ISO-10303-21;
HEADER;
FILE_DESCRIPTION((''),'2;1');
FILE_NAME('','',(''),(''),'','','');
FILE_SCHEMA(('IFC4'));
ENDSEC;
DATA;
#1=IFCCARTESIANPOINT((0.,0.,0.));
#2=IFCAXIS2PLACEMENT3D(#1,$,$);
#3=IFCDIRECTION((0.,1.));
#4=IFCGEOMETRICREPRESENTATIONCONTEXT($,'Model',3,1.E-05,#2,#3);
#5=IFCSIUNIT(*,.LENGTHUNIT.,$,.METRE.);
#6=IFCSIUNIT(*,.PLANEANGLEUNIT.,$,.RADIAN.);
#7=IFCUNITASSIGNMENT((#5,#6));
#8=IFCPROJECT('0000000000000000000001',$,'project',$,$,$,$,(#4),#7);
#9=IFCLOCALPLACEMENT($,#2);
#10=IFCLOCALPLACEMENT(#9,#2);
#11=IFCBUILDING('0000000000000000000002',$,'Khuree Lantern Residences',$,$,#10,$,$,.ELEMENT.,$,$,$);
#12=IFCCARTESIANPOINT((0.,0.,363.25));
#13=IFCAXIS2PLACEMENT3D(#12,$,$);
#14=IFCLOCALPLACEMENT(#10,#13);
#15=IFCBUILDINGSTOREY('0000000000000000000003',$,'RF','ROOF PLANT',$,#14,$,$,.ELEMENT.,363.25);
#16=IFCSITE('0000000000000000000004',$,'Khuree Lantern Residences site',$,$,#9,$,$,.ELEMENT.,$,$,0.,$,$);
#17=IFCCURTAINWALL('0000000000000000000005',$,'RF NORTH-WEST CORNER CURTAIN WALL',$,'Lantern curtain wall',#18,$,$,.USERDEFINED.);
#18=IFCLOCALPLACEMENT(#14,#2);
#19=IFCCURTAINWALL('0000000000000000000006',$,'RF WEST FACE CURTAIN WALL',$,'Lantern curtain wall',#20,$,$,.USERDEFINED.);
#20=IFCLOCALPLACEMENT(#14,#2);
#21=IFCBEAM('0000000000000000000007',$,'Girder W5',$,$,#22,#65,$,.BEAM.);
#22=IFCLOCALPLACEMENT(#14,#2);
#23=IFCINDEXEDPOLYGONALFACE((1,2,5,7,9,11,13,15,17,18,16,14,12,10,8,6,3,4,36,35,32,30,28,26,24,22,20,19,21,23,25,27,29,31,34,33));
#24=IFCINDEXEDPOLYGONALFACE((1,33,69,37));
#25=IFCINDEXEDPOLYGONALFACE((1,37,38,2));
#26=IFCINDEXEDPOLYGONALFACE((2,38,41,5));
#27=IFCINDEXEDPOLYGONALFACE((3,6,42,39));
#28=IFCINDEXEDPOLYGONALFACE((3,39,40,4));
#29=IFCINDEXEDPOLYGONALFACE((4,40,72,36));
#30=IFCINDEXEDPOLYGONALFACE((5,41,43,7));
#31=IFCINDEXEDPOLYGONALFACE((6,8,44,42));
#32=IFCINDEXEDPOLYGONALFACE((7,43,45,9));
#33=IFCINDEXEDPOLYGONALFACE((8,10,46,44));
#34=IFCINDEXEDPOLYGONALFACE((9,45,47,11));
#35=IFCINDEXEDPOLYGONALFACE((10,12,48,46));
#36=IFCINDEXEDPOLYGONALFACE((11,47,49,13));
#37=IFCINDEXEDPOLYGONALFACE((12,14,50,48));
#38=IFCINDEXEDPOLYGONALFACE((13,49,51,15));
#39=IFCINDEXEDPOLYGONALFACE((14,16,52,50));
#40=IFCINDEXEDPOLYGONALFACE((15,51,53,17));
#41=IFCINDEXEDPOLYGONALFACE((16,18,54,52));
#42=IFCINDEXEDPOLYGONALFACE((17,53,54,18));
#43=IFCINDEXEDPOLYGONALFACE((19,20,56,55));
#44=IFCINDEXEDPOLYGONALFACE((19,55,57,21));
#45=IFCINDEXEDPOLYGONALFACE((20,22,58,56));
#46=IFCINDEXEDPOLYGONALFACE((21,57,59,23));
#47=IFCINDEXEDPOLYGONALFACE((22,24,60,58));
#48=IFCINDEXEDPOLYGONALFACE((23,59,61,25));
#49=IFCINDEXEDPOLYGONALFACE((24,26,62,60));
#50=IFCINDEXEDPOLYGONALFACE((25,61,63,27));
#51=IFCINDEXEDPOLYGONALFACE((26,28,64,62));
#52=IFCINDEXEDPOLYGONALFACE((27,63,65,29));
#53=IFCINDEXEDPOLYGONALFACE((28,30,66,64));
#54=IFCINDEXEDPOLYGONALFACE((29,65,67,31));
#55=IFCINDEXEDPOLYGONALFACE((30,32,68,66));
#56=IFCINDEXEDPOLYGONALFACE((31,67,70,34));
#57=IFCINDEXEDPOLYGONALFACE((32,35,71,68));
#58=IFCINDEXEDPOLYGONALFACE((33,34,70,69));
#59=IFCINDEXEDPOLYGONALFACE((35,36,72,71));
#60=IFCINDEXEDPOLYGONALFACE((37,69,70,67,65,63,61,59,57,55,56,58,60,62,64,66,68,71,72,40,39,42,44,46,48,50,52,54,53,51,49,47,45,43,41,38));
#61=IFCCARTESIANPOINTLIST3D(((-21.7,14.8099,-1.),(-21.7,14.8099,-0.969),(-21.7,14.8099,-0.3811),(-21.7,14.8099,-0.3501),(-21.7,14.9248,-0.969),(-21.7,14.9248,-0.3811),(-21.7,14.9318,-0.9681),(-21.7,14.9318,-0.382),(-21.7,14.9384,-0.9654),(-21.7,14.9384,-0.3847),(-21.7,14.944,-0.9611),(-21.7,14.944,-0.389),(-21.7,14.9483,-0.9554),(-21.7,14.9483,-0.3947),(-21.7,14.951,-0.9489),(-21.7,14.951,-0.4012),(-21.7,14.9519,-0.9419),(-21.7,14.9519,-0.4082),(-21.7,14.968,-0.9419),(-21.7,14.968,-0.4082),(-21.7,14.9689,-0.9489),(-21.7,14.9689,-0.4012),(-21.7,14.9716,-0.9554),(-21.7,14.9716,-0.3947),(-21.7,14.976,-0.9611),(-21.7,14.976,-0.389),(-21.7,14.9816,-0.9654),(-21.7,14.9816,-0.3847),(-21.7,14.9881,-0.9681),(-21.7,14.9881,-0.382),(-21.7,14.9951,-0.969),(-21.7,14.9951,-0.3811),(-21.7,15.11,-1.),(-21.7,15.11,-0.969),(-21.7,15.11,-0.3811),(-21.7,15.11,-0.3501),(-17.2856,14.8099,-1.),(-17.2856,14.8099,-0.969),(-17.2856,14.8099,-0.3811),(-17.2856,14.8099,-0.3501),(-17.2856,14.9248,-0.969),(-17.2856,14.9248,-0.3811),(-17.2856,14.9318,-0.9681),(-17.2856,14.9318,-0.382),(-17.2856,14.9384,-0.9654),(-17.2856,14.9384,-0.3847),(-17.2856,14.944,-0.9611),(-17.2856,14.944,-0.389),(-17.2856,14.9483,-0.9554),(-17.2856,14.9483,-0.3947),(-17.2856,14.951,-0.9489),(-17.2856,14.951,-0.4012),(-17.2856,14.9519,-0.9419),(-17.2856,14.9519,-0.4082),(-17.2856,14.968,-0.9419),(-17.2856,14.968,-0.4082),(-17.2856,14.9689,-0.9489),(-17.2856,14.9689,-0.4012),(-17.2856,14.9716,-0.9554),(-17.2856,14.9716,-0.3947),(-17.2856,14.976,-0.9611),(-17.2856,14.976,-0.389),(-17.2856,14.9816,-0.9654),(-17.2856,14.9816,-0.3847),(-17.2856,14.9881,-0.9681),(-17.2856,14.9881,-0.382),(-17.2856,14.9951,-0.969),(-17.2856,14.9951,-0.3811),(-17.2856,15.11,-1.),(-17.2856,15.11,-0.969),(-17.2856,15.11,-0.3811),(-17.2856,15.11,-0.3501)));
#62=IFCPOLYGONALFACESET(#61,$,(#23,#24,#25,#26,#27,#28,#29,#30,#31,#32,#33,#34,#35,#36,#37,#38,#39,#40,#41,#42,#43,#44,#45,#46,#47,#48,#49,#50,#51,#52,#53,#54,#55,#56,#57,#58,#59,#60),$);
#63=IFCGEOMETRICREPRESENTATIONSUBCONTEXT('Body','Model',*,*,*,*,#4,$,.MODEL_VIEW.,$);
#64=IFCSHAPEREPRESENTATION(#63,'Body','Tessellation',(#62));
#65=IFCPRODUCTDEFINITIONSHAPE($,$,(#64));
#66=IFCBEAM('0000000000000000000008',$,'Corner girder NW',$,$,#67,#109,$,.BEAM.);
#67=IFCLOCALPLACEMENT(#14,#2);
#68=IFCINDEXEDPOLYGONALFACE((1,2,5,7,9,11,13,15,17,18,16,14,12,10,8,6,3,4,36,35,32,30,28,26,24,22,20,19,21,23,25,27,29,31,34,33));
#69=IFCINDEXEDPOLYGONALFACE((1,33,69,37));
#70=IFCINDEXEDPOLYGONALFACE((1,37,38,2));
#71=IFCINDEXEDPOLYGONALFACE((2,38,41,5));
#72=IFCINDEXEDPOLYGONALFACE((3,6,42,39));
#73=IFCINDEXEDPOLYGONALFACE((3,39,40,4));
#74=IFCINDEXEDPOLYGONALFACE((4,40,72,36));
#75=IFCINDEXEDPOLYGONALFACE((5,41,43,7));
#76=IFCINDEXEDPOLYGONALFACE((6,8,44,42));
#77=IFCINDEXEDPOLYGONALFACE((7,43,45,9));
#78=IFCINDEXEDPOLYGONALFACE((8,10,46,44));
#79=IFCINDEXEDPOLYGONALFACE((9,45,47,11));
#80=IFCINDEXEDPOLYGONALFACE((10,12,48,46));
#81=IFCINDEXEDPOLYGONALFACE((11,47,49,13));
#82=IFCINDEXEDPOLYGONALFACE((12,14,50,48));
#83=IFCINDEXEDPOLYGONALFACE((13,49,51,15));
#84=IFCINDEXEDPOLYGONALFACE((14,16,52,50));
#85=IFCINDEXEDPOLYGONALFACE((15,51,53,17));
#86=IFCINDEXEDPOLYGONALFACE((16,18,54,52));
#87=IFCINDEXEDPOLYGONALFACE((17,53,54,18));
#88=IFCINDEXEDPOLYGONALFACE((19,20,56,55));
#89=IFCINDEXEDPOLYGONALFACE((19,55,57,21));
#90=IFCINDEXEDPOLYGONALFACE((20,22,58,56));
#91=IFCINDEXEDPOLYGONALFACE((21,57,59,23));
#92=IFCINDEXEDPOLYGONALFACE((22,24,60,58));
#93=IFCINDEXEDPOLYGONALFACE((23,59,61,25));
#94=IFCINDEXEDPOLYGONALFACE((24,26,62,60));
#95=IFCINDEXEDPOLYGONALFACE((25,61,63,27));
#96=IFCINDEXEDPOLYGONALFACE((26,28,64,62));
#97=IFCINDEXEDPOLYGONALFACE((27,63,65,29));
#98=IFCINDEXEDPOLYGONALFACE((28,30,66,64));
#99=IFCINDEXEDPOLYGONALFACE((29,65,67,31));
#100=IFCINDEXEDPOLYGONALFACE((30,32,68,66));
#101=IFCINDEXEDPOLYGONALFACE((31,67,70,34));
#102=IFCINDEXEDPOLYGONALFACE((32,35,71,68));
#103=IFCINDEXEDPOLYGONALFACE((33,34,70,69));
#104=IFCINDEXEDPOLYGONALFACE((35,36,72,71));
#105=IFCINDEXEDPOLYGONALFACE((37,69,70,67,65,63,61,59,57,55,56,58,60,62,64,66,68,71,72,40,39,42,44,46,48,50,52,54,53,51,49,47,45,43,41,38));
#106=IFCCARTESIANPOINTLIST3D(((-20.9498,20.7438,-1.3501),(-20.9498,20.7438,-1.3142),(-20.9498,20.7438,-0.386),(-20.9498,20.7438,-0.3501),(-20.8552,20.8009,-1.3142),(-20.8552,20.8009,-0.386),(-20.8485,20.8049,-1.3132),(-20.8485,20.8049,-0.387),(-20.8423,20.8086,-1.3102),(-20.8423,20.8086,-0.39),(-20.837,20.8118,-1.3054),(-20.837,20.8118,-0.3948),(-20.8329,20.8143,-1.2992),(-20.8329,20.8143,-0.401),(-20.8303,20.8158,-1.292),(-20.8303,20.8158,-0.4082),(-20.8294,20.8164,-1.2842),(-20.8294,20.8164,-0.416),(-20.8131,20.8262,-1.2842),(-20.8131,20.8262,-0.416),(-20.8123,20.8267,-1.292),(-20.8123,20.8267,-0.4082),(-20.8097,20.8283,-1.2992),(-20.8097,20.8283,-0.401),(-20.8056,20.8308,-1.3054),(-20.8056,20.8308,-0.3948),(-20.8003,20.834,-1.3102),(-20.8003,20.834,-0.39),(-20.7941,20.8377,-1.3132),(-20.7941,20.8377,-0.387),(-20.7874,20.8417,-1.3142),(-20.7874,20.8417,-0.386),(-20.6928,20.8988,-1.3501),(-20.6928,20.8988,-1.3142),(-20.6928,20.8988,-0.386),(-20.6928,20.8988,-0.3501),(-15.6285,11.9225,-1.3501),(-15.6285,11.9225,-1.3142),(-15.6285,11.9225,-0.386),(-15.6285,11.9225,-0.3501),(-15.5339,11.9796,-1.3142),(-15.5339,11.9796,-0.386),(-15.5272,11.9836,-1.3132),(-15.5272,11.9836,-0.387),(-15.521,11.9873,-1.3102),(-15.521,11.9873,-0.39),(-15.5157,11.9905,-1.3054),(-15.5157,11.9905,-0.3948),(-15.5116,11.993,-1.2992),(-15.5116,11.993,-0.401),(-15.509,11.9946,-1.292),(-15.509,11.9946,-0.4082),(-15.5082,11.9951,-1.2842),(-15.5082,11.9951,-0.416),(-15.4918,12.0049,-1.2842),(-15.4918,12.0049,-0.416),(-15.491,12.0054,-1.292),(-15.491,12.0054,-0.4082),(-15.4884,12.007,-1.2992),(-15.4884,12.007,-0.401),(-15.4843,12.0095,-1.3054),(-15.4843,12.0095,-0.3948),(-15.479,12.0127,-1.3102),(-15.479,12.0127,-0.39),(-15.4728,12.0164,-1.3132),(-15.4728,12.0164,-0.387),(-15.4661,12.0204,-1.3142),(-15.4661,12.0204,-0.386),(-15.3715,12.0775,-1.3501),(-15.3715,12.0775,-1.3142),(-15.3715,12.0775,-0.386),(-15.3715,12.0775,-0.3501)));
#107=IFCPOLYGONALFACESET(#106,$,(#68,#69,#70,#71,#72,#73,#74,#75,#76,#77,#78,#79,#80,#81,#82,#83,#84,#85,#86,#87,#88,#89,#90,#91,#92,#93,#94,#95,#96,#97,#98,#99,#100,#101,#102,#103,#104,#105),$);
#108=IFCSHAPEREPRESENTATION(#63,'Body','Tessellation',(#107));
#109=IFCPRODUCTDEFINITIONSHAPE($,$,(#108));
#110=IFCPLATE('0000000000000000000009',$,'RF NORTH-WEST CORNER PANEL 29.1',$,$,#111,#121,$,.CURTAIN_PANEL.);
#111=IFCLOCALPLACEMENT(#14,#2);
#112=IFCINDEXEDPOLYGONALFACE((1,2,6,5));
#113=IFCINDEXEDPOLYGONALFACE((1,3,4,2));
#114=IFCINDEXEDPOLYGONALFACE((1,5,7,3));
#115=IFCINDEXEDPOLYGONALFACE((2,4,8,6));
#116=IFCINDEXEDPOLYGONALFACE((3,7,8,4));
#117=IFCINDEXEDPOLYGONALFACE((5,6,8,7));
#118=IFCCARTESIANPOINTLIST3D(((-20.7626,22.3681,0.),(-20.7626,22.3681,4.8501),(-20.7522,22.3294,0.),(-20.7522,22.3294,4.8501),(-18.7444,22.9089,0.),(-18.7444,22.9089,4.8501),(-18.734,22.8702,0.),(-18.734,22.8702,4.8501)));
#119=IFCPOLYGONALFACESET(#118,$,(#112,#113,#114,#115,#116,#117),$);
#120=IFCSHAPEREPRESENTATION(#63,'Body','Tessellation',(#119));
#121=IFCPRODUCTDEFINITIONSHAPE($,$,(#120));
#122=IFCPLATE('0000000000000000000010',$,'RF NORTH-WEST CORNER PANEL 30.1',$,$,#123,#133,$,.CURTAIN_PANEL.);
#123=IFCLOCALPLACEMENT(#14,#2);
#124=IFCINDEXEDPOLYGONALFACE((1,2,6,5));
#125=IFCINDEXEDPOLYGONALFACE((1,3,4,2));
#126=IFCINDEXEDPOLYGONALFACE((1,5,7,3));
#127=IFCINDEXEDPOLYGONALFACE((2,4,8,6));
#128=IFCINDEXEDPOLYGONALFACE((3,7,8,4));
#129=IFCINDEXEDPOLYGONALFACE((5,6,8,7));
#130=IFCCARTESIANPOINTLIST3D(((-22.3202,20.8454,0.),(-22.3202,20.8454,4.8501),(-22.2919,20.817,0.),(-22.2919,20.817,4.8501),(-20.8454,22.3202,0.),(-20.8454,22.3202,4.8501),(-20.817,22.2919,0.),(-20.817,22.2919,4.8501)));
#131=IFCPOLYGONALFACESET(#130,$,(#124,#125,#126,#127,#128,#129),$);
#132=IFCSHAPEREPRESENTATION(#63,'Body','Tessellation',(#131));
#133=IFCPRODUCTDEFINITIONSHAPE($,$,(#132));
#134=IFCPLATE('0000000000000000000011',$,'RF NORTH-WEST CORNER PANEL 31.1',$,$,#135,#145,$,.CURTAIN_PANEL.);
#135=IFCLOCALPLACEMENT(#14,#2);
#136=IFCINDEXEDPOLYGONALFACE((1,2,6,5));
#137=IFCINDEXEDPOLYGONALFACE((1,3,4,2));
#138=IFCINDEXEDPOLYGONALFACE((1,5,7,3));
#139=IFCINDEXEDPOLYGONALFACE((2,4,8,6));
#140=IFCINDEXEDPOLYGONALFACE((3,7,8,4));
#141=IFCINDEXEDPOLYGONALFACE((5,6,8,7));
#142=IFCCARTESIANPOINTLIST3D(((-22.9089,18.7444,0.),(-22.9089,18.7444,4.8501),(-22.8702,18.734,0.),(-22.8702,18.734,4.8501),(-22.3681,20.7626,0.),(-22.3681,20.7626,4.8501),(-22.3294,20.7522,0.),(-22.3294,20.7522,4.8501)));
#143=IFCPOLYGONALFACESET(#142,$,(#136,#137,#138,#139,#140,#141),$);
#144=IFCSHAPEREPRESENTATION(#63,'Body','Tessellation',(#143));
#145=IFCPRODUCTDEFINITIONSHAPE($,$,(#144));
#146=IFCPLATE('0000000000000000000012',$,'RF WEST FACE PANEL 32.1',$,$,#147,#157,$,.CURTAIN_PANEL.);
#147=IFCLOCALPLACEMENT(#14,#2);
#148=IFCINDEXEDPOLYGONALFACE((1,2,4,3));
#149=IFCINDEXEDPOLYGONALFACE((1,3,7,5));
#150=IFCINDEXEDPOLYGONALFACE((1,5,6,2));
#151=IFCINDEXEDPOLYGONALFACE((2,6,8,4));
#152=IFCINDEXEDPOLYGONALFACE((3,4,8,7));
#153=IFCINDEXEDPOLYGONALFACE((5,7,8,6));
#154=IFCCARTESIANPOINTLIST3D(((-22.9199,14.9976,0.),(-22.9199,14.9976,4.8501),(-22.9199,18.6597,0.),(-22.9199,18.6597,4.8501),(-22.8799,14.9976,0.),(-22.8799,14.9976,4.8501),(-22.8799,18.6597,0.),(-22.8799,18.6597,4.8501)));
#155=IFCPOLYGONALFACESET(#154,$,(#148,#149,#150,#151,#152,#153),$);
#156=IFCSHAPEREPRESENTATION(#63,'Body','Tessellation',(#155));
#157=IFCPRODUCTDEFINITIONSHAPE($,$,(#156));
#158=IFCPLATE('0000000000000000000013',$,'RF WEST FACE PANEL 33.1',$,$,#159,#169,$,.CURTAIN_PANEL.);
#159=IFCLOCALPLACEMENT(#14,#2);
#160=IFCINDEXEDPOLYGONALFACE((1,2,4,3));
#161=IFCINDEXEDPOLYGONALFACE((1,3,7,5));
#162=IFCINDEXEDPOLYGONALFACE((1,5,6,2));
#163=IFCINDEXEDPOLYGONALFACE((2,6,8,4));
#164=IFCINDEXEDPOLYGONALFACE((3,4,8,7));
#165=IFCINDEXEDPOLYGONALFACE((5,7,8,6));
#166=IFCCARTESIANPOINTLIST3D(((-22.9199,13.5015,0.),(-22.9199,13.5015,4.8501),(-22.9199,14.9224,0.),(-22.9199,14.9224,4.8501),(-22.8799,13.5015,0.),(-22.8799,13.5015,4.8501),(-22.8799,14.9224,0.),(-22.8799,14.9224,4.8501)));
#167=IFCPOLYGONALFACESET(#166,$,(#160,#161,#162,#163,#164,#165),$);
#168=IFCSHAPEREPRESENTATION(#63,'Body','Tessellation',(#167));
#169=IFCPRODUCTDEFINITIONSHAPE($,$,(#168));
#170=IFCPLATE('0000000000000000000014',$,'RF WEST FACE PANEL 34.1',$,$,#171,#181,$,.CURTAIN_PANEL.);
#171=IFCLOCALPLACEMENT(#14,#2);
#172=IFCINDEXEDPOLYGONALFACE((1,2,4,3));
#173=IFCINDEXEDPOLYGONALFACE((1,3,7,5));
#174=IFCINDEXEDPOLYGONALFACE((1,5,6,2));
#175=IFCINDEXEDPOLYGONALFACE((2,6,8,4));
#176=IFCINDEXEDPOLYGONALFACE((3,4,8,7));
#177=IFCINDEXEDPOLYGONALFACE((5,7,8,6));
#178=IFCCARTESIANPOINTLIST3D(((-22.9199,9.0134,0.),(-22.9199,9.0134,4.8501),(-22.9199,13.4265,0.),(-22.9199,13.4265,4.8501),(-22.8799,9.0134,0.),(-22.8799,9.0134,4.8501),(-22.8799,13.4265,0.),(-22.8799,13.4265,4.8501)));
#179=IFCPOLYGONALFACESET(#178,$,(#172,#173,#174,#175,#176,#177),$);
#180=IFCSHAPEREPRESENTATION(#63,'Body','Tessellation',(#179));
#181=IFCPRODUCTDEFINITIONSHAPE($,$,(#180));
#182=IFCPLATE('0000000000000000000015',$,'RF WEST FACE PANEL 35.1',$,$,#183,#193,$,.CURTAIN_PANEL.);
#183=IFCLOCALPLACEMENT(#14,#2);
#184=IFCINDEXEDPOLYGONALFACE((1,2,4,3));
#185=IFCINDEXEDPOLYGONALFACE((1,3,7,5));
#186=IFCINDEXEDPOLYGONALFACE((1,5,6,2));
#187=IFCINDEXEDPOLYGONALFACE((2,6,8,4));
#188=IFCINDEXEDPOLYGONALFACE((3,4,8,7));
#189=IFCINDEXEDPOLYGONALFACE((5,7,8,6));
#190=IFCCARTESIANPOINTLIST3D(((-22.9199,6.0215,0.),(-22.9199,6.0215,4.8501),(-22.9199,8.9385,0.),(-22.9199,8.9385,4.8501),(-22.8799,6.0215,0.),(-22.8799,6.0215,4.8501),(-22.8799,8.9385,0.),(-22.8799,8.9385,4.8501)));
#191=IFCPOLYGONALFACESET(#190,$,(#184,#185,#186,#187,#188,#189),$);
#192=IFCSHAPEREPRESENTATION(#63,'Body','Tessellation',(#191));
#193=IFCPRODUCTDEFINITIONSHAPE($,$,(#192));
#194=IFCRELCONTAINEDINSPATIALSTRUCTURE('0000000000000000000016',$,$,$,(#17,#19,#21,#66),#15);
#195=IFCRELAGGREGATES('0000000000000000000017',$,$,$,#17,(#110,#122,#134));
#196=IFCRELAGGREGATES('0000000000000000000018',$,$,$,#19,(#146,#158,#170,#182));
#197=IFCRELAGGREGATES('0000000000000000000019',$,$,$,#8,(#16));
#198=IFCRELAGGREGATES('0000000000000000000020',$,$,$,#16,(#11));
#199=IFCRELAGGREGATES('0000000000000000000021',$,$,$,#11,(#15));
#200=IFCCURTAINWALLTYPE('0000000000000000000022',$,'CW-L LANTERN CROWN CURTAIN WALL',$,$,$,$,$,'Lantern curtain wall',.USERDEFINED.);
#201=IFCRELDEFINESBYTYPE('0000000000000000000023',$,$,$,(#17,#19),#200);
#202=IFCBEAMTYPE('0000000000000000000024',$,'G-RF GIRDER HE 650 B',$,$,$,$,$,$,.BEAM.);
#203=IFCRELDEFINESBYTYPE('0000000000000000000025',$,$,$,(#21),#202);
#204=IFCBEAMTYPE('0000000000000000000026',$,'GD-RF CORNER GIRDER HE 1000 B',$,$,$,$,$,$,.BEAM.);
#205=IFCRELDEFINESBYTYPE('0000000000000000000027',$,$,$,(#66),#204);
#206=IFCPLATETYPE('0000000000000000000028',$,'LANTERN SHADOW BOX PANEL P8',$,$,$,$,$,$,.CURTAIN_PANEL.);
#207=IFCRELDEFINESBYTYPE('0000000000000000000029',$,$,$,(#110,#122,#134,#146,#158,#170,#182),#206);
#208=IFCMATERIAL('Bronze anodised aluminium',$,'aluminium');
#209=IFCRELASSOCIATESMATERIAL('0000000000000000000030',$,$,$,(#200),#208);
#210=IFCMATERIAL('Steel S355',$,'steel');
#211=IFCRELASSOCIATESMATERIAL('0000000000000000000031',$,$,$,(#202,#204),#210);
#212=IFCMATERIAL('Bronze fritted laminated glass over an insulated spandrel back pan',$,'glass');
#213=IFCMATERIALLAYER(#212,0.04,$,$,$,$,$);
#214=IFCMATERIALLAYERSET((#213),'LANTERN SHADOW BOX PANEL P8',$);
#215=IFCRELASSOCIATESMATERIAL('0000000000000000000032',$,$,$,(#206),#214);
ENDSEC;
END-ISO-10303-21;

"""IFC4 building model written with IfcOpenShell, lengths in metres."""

from ifc_helpers import new_model, si_unit, direction, frame, origin, origin_2d, place, context, subcontext, project, spatial, rectangle, i_section, extrude, material, layer, layer_set, material_profile, profile_set, type_object, element, aggregate, save


model = new_model("IFC4")

# Units and contexts
model_context = context("Model", 3, precision=1e-05, world=origin(), true_north=direction((0.0, 1.0)))
body_context = subcontext(model_context, "Body", "Model", "MODEL_VIEW")
ifc_project = project(units=[si_unit("LENGTHUNIT", "METRE"), si_unit("PLANEANGLEUNIT", "RADIAN")], contexts=[model_context])

# Site, building, storey
site_placement = place(None, origin())
site = spatial("IfcSite", under=ifc_project, at=site_placement, Name="Khuree Lantern Residences site", CompositionType="ELEMENT", RefElevation=0.0)
building_placement = place(site_placement, origin())
building = spatial("IfcBuilding", under=site, at=building_placement, Name="Khuree Lantern Residences", CompositionType="ELEMENT")
storey_placement = place(building_placement, frame((0.0, 0.0, 363.25)))
storey = spatial("IfcBuildingStorey", under=building, at=storey_placement, Name="RF", Description="ROOF PLANT", CompositionType="ELEMENT", Elevation=363.25)

# Shared definitions
ifc_material_1 = material(Name="Steel S355", Category="steel")

# Curtain walls
ifc_material_2 = material(Name="Bronze anodised aluminium", Category="aluminium")
curtain_wall_type = type_object("IfcCurtainWallType", Name="CW-L LANTERN CROWN CURTAIN WALL", ElementType="Lantern curtain wall", PredefinedType="USERDEFINED", material=ifc_material_2)
curtain_wall_1_placement = place(storey_placement, origin())
curtain_wall_1 = element("IfcCurtainWall", 1, at=curtain_wall_1_placement, inside=storey, type_object=curtain_wall_type, Name="RF NORTH-WEST CORNER CURTAIN WALL", ObjectType="Lantern curtain wall", PredefinedType="USERDEFINED")
curtain_wall_2_placement = place(storey_placement, origin())
curtain_wall_2 = element("IfcCurtainWall", 2, at=curtain_wall_2_placement, inside=storey, type_object=curtain_wall_type, Name="RF WEST FACE CURTAIN WALL", ObjectType="Lantern curtain wall", PredefinedType="USERDEFINED")

# Beams
ifc_material_profile_1 = material_profile(ifc_material_1, i_section(OverallWidth=0.3, OverallDepth=0.6499, WebThickness=0.0161, FlangeThickness=0.031, FilletRadius=0.0271, at=origin_2d()), Name="HE 650 B")
ifc_profile_set_1 = profile_set([ifc_material_profile_1], Name="Steel S355")
beam_type_1 = type_object("IfcBeamType", Name="G-RF GIRDER HE 650 B", PredefinedType="BEAM", material=ifc_profile_set_1)
beam_1_placement = place(storey_placement, frame((-21.7, 14.96, -0.675), z_axis=(1.0, 0.0, 0.0), x_axis=(0.0, 1.0, 0.0)))
element("IfcBeam", 3, at=beam_1_placement, inside=storey, type_object=beam_type_1, Name="Girder W5", PredefinedType="BEAM", context=body_context, shape_type="SweptSolid", body=[
    extrude(i_section(OverallWidth=0.3, OverallDepth=0.6499, WebThickness=0.0161, FlangeThickness=0.031, FilletRadius=0.0271, at=origin_2d()), origin(), (0.0, 0.0, 1.0), 4.4143),
])
ifc_material_profile_2 = material_profile(ifc_material_1, i_section(OverallWidth=0.3, OverallDepth=1.0, WebThickness=0.019, FlangeThickness=0.0359, FilletRadius=0.03, at=origin_2d()), Name="HE 1000 B")
ifc_profile_set_2 = profile_set([ifc_material_profile_2], Name="Steel S355")
beam_type_2 = type_object("IfcBeamType", Name="GD-RF CORNER GIRDER HE 1000 B", PredefinedType="BEAM", material=ifc_profile_set_2)
beam_2_placement = place(storey_placement, frame((-20.8213, 20.8213, -0.8501), z_axis=(0.51653, -0.856269, 0.0), x_axis=(0.856269, 0.51653, 0.0)))
element("IfcBeam", 4, at=beam_2_placement, inside=storey, type_object=beam_type_2, Name="Corner girder NW", PredefinedType="BEAM", context=body_context, shape_type="SweptSolid", body=[
    extrude(i_section(OverallWidth=0.3, OverallDepth=1.0, WebThickness=0.019, FlangeThickness=0.0359, FilletRadius=0.03, at=origin_2d()), origin(), (0.0, 0.0, 1.0), 10.302),
])

# Plates
ifc_material_3 = material(Name="Bronze fritted laminated glass over an insulated spandrel back pan", Category="glass")
ifc_layer = layer(ifc_material_3, 0.04)
ifc_layer_set = layer_set([ifc_layer], Name="LANTERN SHADOW BOX PANEL P8")
plate_type = type_object("IfcPlateType", Name="LANTERN SHADOW BOX PANEL P8", PredefinedType="CURTAIN_PANEL", material=ifc_layer_set)
plate_1_placement = place(storey_placement, frame((-19.7483, 22.6191, 0.0), z_axis=(0.0, 0.0, 1.0), x_axis=(-0.965926, -0.258819, 0.0)))
plate_1 = element("IfcPlate", 5, at=plate_1_placement, type_object=plate_type, Name="RF NORTH-WEST CORNER PANEL 29.1", PredefinedType="CURTAIN_PANEL", context=body_context, shape_type="SweptSolid", body=[
    extrude(rectangle(XDim=2.0894, YDim=0.04, at=origin_2d()), origin(), (0.0, 0.0, 1.0), 4.8501),
])
plate_2_placement = place(storey_placement, frame((-21.5686, 21.5686, 0.0), z_axis=(0.0, 0.0, 1.0), x_axis=(-0.707107, -0.707107, 0.0)))
plate_2 = element("IfcPlate", 6, at=plate_2_placement, type_object=plate_type, Name="RF NORTH-WEST CORNER PANEL 30.1", PredefinedType="CURTAIN_PANEL", context=body_context, shape_type="SweptSolid", body=[
    extrude(rectangle(XDim=2.0857, YDim=0.04, at=origin_2d()), origin(), (0.0, 0.0, 1.0), 4.8501),
])
plate_3_placement = place(storey_placement, frame((-22.6191, 19.7483, 0.0), z_axis=(0.0, 0.0, 1.0), x_axis=(-0.258819, -0.965926, 0.0)))
plate_3 = element("IfcPlate", 7, at=plate_3_placement, type_object=plate_type, Name="RF NORTH-WEST CORNER PANEL 31.1", PredefinedType="CURTAIN_PANEL", context=body_context, shape_type="SweptSolid", body=[
    extrude(rectangle(XDim=2.0894, YDim=0.04, at=origin_2d()), origin(), (0.0, 0.0, 1.0), 4.8501),
])
aggregate(curtain_wall_1, [plate_1, plate_2, plate_3])
plate_4_placement = place(storey_placement, frame((-22.8999, 16.8286, 0.0), z_axis=(0.0, 0.0, 1.0), x_axis=(0.0, -1.0, 0.0)))
plate_4 = element("IfcPlate", 8, at=plate_4_placement, type_object=plate_type, Name="RF WEST FACE PANEL 32.1", PredefinedType="CURTAIN_PANEL", context=body_context, shape_type="SweptSolid", body=[
    extrude(rectangle(XDim=3.6621, YDim=0.04, at=origin_2d()), origin(), (0.0, 0.0, 1.0), 4.8501),
])
plate_5_placement = place(storey_placement, frame((-22.8999, 14.2119, 0.0), z_axis=(0.0, 0.0, 1.0), x_axis=(0.0, -1.0, 0.0)))
plate_5 = element("IfcPlate", 9, at=plate_5_placement, type_object=plate_type, Name="RF WEST FACE PANEL 33.1", PredefinedType="CURTAIN_PANEL", context=body_context, shape_type="SweptSolid", body=[
    extrude(rectangle(XDim=1.4209, YDim=0.04, at=origin_2d()), origin(), (0.0, 0.0, 1.0), 4.8501),
])
plate_6_placement = place(storey_placement, frame((-22.8999, 11.22, 0.0), z_axis=(0.0, 0.0, 1.0), x_axis=(0.0, -1.0, 0.0)))
plate_6 = element("IfcPlate", 10, at=plate_6_placement, type_object=plate_type, Name="RF WEST FACE PANEL 34.1", PredefinedType="CURTAIN_PANEL", context=body_context, shape_type="SweptSolid", body=[
    extrude(rectangle(XDim=4.4131, YDim=0.04, at=origin_2d()), origin(), (0.0, 0.0, 1.0), 4.8501),
])
plate_7_placement = place(storey_placement, frame((-22.8999, 7.48, 0.0), z_axis=(0.0, 0.0, 1.0), x_axis=(0.0, -1.0, 0.0)))
plate_7 = element("IfcPlate", 11, at=plate_7_placement, type_object=plate_type, Name="RF WEST FACE PANEL 35.1", PredefinedType="CURTAIN_PANEL", context=body_context, shape_type="SweptSolid", body=[
    extrude(rectangle(XDim=2.917, YDim=0.04, at=origin_2d()), origin(), (0.0, 0.0, 1.0), 4.8501),
])
aggregate(curtain_wall_2, [plate_4, plate_5, plate_6, plate_7])

save(model, "model.ifc")
